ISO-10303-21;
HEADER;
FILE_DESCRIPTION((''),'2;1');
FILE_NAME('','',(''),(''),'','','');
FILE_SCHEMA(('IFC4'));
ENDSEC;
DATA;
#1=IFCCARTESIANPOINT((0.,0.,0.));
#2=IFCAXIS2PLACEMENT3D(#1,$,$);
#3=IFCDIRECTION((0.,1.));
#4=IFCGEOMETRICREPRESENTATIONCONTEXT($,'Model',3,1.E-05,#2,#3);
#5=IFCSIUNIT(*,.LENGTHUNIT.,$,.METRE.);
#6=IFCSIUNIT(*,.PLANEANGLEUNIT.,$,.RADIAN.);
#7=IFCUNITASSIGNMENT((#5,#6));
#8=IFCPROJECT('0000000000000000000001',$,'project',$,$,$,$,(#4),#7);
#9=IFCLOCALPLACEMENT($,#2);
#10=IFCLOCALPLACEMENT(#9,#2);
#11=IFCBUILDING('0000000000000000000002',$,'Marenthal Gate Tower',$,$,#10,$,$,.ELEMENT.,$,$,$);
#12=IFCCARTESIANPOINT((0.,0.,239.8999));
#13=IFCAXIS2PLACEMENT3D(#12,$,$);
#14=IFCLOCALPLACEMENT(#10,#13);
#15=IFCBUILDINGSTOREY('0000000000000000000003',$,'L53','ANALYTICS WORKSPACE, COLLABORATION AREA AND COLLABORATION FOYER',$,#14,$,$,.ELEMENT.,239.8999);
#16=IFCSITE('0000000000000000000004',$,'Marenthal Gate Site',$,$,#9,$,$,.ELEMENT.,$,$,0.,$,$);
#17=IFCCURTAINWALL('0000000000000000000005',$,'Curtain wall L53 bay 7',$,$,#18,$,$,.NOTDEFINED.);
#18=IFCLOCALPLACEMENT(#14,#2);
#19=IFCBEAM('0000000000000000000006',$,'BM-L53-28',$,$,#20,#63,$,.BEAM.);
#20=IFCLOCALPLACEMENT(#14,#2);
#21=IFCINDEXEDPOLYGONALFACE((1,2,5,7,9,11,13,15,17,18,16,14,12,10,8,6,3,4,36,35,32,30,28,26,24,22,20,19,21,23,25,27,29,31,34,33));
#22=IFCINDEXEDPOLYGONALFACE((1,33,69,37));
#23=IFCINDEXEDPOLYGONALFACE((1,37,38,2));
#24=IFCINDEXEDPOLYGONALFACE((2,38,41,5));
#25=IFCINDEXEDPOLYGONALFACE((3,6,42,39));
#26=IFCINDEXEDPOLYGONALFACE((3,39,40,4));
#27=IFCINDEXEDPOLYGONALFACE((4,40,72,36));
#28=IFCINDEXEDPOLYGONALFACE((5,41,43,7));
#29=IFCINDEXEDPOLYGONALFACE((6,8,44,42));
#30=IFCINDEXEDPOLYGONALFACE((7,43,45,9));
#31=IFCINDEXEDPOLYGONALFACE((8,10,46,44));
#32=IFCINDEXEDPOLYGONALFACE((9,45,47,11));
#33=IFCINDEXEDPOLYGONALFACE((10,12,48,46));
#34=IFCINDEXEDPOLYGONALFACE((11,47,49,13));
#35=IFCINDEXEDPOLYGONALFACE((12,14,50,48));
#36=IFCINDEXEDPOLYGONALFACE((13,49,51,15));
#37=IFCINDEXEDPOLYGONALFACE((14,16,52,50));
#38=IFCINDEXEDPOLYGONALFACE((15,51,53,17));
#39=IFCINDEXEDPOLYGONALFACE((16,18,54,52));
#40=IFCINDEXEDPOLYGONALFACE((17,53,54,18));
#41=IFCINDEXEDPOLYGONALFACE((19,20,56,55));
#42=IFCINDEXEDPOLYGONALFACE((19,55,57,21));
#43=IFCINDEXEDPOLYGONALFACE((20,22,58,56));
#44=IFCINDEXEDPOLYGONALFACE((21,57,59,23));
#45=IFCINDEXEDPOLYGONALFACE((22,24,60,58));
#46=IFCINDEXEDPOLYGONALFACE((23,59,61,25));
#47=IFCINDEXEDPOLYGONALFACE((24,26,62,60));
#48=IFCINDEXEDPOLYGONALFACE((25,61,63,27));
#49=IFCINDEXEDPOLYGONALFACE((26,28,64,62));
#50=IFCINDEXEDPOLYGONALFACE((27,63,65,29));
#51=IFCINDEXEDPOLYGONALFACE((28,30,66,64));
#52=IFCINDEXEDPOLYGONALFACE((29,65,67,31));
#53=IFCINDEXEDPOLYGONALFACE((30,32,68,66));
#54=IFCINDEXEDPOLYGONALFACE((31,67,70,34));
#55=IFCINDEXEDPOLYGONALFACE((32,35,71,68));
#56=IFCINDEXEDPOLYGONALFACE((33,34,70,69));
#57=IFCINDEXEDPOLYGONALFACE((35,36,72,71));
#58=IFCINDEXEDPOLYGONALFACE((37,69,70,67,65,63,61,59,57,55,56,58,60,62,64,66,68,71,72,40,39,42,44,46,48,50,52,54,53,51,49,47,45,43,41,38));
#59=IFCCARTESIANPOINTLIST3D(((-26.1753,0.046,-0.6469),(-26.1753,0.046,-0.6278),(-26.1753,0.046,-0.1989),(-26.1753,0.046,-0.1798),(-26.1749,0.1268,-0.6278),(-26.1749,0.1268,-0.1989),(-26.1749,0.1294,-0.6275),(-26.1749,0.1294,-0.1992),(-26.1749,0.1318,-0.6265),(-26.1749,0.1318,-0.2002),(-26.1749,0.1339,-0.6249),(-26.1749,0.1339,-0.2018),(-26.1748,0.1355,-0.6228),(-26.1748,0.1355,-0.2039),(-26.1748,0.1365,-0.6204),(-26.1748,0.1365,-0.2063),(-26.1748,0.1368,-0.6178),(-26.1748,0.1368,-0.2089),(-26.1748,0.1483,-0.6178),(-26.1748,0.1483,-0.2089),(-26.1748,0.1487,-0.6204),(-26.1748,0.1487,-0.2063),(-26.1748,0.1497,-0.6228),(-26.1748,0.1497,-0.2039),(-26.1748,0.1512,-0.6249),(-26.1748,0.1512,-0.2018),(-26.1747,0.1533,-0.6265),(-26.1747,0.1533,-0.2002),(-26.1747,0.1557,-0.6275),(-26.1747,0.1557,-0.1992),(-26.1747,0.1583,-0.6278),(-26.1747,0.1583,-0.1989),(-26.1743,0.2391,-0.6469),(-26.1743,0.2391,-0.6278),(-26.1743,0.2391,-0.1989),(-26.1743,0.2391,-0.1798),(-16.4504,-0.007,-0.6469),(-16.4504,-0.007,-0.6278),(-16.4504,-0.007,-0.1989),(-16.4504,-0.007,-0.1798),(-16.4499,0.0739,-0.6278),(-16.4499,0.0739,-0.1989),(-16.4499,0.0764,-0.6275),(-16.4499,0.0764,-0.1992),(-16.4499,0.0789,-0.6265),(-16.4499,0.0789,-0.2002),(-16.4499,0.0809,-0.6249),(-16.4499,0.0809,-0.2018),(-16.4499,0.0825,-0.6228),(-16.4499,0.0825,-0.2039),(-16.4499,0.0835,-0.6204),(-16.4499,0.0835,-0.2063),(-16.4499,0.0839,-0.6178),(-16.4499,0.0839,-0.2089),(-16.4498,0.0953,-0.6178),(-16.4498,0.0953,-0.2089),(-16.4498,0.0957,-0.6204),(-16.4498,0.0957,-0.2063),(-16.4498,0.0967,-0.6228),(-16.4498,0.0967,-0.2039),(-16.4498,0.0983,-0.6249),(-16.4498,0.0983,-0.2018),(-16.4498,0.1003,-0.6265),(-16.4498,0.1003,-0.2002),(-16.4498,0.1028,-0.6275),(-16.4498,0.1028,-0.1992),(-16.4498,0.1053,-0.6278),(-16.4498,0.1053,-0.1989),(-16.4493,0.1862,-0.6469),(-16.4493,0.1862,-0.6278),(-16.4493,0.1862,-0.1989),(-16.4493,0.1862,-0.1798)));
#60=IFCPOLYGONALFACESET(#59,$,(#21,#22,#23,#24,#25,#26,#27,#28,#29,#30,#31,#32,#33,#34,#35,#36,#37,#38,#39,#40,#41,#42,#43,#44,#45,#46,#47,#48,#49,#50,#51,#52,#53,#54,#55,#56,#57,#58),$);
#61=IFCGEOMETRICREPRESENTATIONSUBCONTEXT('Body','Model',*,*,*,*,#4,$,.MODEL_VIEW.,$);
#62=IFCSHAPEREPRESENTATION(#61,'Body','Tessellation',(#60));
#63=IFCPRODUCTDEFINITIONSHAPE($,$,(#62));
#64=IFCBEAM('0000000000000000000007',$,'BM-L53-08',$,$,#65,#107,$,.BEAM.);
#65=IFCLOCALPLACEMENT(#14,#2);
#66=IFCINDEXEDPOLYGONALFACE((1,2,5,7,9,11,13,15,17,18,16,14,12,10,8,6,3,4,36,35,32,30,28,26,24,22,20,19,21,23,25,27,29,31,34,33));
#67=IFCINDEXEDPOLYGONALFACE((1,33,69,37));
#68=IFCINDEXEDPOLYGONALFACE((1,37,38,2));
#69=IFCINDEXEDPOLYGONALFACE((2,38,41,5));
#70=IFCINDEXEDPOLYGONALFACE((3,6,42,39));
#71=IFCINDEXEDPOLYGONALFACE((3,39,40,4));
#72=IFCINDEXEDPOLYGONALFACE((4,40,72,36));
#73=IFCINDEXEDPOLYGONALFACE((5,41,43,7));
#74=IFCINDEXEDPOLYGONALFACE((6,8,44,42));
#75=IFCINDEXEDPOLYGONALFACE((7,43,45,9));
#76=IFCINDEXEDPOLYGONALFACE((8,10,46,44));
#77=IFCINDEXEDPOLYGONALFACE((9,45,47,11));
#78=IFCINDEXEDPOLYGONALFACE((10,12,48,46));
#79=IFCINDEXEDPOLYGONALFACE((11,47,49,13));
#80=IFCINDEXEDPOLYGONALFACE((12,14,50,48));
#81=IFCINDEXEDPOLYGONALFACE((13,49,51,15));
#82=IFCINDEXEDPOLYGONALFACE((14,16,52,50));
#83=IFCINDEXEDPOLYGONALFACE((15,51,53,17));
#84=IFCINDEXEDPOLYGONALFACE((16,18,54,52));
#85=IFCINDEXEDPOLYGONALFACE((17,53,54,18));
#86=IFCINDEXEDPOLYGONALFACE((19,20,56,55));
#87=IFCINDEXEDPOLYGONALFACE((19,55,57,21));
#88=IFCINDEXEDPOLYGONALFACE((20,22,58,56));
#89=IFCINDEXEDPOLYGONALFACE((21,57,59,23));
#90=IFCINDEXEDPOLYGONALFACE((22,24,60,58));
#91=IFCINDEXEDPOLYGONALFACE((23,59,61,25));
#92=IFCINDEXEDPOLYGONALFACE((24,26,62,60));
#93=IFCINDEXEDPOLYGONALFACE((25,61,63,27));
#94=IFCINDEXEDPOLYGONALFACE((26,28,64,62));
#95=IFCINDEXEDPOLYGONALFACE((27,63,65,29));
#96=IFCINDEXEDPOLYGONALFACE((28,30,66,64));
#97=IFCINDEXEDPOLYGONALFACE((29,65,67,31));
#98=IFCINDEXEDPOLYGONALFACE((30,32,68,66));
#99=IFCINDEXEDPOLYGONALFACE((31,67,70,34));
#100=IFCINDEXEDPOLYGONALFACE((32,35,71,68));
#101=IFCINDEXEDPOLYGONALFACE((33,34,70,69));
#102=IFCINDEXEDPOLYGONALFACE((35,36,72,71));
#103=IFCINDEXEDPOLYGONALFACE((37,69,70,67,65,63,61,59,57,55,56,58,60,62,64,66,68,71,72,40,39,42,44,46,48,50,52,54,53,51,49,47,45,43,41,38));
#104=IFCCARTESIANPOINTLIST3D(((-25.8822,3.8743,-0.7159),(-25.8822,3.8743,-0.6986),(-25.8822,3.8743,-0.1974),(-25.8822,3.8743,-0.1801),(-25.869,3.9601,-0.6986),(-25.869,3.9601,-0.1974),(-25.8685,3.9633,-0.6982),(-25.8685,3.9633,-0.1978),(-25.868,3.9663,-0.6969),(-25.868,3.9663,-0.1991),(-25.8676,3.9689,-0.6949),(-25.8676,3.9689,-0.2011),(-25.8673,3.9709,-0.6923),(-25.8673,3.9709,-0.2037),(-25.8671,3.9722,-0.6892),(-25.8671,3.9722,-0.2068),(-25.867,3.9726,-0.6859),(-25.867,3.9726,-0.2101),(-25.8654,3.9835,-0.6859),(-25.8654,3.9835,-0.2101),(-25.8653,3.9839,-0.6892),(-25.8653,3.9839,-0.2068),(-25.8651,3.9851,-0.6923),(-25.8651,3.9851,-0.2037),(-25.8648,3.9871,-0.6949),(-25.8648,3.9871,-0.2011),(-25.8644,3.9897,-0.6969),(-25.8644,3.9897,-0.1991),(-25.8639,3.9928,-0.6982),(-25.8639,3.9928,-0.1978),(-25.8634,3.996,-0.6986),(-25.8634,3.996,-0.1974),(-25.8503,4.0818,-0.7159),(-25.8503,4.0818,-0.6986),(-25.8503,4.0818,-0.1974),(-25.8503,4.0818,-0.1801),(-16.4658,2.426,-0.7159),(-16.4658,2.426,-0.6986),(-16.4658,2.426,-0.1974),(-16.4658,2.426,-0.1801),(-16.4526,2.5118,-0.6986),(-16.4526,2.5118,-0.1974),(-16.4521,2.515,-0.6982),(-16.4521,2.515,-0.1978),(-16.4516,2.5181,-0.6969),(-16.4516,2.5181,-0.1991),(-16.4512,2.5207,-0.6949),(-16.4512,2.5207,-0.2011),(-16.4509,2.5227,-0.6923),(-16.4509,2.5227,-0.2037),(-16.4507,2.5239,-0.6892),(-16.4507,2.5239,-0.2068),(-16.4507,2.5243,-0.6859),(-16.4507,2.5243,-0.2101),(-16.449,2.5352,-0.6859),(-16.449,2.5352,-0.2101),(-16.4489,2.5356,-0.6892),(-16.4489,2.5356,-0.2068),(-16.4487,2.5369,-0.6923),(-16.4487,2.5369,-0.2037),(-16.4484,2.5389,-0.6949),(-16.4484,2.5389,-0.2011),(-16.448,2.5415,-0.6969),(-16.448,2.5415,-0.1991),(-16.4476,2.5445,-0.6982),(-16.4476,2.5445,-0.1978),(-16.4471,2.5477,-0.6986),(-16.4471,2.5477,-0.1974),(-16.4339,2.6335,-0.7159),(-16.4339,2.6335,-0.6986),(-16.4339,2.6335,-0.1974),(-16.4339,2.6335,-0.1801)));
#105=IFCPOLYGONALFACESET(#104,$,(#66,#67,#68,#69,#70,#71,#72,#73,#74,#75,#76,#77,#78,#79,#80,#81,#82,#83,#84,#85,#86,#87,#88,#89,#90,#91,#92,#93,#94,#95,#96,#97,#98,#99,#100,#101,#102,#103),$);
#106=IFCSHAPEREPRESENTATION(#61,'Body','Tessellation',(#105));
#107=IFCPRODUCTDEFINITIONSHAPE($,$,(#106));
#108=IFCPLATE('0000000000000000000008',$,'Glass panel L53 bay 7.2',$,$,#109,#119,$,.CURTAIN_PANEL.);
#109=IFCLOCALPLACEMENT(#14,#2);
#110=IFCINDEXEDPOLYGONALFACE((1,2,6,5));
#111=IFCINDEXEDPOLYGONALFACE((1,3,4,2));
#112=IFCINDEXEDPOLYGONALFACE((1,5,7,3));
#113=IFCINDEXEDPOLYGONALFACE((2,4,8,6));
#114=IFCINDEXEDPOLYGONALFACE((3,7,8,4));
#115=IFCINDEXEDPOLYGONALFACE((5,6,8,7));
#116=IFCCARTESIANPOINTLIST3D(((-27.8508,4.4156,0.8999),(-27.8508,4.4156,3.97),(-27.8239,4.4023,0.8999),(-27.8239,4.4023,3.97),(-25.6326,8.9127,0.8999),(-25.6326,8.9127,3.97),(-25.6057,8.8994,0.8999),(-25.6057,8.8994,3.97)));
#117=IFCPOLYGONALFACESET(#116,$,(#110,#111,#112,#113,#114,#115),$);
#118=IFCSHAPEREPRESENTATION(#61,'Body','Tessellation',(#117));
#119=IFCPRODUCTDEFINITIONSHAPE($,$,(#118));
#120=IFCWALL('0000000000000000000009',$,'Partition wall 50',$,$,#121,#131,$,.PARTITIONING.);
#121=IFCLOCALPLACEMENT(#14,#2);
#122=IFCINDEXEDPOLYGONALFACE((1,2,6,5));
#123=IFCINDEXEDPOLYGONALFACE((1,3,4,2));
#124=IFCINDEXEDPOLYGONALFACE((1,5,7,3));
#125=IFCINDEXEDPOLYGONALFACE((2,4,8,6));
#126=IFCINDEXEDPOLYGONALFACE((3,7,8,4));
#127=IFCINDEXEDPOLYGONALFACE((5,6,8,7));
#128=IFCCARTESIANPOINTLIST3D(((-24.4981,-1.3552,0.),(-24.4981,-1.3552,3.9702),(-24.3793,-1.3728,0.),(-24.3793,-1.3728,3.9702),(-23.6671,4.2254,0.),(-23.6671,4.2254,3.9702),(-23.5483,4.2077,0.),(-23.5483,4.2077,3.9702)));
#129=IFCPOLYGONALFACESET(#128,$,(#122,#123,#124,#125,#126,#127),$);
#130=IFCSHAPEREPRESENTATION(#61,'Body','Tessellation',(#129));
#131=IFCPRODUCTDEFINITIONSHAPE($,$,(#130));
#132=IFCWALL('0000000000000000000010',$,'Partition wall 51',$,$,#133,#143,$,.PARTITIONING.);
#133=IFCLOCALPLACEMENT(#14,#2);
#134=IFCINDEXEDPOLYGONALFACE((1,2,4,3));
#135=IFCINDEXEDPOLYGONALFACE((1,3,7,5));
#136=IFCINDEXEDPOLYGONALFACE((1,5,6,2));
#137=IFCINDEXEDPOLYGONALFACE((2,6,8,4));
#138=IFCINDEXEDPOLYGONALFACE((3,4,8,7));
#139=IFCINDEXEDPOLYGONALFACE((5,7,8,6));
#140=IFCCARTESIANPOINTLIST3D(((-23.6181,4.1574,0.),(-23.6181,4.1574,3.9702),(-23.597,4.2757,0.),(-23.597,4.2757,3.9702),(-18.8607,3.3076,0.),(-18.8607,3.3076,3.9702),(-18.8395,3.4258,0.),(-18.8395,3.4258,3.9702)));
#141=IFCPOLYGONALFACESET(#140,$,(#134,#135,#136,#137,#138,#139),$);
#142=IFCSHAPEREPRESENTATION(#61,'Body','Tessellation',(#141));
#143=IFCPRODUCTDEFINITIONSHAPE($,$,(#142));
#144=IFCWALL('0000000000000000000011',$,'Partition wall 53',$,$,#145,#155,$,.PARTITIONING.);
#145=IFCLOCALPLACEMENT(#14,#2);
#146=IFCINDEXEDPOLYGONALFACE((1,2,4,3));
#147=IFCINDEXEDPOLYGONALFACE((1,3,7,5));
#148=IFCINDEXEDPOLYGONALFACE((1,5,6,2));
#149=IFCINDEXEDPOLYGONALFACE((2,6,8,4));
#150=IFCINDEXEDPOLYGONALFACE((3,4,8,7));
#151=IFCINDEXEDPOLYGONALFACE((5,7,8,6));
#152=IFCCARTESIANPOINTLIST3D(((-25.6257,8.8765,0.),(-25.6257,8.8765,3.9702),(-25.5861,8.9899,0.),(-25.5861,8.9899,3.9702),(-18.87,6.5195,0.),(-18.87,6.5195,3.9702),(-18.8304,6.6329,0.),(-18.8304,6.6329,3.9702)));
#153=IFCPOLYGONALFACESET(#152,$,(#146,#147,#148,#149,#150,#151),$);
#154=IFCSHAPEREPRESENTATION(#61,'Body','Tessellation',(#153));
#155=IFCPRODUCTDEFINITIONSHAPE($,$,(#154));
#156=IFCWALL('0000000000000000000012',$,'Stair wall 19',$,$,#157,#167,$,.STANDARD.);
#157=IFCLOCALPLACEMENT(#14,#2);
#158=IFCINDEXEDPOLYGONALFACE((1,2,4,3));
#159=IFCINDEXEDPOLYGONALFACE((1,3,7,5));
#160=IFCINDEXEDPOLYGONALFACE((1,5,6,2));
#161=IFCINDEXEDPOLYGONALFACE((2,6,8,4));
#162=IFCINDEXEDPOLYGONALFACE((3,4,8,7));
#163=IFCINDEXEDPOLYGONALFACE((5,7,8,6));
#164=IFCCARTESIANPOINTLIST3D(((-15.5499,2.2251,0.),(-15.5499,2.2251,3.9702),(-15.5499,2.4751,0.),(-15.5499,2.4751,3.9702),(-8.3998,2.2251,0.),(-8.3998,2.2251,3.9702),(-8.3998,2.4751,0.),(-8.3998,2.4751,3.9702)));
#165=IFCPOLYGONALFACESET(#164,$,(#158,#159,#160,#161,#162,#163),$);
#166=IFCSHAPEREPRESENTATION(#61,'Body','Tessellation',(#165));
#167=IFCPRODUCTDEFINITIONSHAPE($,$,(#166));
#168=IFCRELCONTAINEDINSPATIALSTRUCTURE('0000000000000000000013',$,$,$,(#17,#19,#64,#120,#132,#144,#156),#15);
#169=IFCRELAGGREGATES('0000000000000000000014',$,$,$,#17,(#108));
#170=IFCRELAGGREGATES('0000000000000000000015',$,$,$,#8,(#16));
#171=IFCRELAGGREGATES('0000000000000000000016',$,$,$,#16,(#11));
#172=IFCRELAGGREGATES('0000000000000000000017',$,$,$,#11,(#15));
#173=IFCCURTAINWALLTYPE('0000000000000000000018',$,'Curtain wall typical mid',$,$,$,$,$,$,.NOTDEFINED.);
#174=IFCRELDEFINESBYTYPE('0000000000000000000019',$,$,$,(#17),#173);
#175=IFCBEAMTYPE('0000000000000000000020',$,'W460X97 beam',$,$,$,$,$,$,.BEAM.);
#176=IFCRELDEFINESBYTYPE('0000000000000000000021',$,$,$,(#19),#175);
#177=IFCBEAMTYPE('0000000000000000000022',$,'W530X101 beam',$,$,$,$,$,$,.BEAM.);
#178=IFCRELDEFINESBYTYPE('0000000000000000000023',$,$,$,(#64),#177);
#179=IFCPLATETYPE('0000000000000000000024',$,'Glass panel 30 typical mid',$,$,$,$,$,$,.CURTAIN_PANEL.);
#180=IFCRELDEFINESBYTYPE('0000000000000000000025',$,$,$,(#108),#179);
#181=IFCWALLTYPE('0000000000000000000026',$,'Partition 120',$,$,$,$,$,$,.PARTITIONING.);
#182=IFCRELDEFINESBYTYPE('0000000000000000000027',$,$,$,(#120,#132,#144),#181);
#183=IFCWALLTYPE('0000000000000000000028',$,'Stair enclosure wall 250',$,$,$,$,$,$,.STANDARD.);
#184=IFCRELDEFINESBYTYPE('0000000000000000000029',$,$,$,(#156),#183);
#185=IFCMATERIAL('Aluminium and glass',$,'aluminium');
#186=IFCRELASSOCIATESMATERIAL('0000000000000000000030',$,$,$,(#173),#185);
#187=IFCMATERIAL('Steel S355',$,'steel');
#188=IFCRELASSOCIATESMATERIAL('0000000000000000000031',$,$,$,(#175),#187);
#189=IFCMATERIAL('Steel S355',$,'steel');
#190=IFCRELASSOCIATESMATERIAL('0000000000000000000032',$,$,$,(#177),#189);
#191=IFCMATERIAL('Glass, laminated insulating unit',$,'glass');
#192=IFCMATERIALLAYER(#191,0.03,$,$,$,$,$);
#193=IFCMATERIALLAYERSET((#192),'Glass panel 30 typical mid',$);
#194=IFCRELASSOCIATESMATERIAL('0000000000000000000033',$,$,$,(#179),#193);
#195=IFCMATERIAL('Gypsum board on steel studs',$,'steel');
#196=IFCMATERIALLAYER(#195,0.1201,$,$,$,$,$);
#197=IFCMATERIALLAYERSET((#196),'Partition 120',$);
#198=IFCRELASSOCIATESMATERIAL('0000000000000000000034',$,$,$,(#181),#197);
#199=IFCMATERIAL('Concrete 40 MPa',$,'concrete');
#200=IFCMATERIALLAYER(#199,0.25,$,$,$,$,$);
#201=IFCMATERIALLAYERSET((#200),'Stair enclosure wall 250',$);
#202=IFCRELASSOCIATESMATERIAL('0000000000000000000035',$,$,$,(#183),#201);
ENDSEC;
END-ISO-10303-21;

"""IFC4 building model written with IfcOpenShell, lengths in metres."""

from ifc_helpers import new_model, si_unit, direction, frame, frame_2d, origin, origin_2d, place, context, subcontext, project, spatial, rectangle, i_section, extrude, material, layer, layer_set, material_profile, profile_set, type_object, element, aggregate, save


model = new_model("IFC4")

# Units and contexts
model_context = context("Model", 3, precision=1e-05, world=origin(), true_north=direction((0.0, 1.0)))
body_context = subcontext(model_context, "Body", "Model", "MODEL_VIEW")
ifc_project = project(units=[si_unit("LENGTHUNIT", "METRE"), si_unit("PLANEANGLEUNIT", "RADIAN")], contexts=[model_context])

# Site, building, storey
site_placement = place(None, origin())
site = spatial("IfcSite", under=ifc_project, at=site_placement, Name="Marenthal Gate Site", CompositionType="ELEMENT", RefElevation=0.0)
building_placement = place(site_placement, origin())
building = spatial("IfcBuilding", under=site, at=building_placement, Name="Marenthal Gate Tower", CompositionType="ELEMENT")
storey_placement = place(building_placement, frame((0.0, 0.0, 239.8999)))
storey = spatial("IfcBuildingStorey", under=building, at=storey_placement, Name="L53", Description="ANALYTICS WORKSPACE, COLLABORATION AREA AND COLLABORATION FOYER", CompositionType="ELEMENT", Elevation=239.8999)

# Curtain wall
ifc_material_1 = material(Name="Aluminium and glass", Category="aluminium")
curtain_wall_type = type_object("IfcCurtainWallType", Name="Curtain wall typical mid", PredefinedType="NOTDEFINED", material=ifc_material_1)
curtain_wall_placement = place(storey_placement, origin())
curtain_wall = element("IfcCurtainWall", 1, at=curtain_wall_placement, inside=storey, type_object=curtain_wall_type, Name="Curtain wall L53 bay 7", PredefinedType="NOTDEFINED")

# Beams
ifc_material_2 = material(Name="Steel S355", Category="steel")
ifc_material_profile_1 = material_profile(ifc_material_2, i_section(OverallWidth=0.1931, OverallDepth=0.467, WebThickness=0.0115, FlangeThickness=0.019, FilletRadius=0.01, at=origin_2d()), Name="W460X97")
ifc_profile_set_1 = profile_set([ifc_material_profile_1], Name="Steel S355")
beam_type_1 = type_object("IfcBeamType", Name="W460X97 beam", PredefinedType="BEAM", material=ifc_profile_set_1)
beam_1_placement = place(storey_placement, frame((-26.1748, 0.1426, -0.4133), z_axis=(0.999985, -0.005448, 0.0), x_axis=(0.005448, 0.999985, 0.0)))
element("IfcBeam", 2, at=beam_1_placement, inside=storey, type_object=beam_type_1, Name="BM-L53-28", PredefinedType="BEAM", context=body_context, shape_type="SweptSolid", body=[
    extrude(i_section(OverallWidth=0.1931, OverallDepth=0.467, WebThickness=0.0115, FlangeThickness=0.019, FilletRadius=0.01, at=origin_2d()), origin(), (0.0, 0.0, 1.0), 9.7251),
])
ifc_material_3 = material(Name="Steel S355", Category="steel")
ifc_material_profile_2 = material_profile(ifc_material_3, i_section(OverallWidth=0.21, OverallDepth=0.5359, WebThickness=0.011, FlangeThickness=0.0173, FilletRadius=0.0127, at=origin_2d()), Name="W530X101")
ifc_profile_set_2 = profile_set([ifc_material_profile_2], Name="Steel S355")
beam_type_2 = type_object("IfcBeamType", Name="W530X101 beam", PredefinedType="BEAM", material=ifc_profile_set_2)
beam_2_placement = place(storey_placement, frame((-25.8662, 3.978, -0.448), z_axis=(0.988378, -0.152015, 0.0), x_axis=(0.152015, 0.988378, 0.0)))
element("IfcBeam", 3, at=beam_2_placement, inside=storey, type_object=beam_type_2, Name="BM-L53-08", PredefinedType="BEAM", context=body_context, shape_type="SweptSolid", body=[
    extrude(i_section(OverallWidth=0.21, OverallDepth=0.5359, WebThickness=0.011, FlangeThickness=0.0173, FilletRadius=0.0127, at=origin_2d()), origin(), (0.0, 0.0, 1.0), 9.5271),
])

# Plate
ifc_material_4 = material(Name="Glass, laminated insulating unit", Category="glass")
ifc_layer_1 = layer(ifc_material_4, 0.03)
ifc_layer_set_1 = layer_set([ifc_layer_1], Name="Glass panel 30 typical mid")
plate_type = type_object("IfcPlateType", Name="Glass panel 30 typical mid", PredefinedType="CURTAIN_PANEL", material=ifc_layer_set_1)
plate_placement = place(storey_placement, frame((-26.7283, 6.6575, 0.8999), z_axis=(0.0, 0.0, 1.0), x_axis=(-0.442364, -0.896835, 0.0)))
plate = element("IfcPlate", 4, at=plate_placement, type_object=plate_type, Name="Glass panel L53 bay 7.2", PredefinedType="CURTAIN_PANEL", context=body_context, shape_type="SweptSolid", body=[
    extrude(rectangle(XDim=5.0144, YDim=0.03, at=origin_2d()), origin(), (0.0, 0.0, 1.0), 3.0701),
])
aggregate(curtain_wall, [plate])

# Walls
ifc_material_5 = material(Name="Gypsum board on steel studs", Category="steel")
ifc_layer_2 = layer(ifc_material_5, 0.1201)
ifc_layer_set_2 = layer_set([ifc_layer_2], Name="Partition 120")
wall_type_1 = type_object("IfcWallType", Name="Partition 120", PredefinedType="PARTITIONING", material=ifc_layer_set_2)
wall_1_placement = place(storey_placement, frame((-23.6077, 4.2166, 0.0), z_axis=(0.0, 0.0, 1.0), x_axis=(-0.147295, -0.989093, 0.0)))
element("IfcWall", 5, at=wall_1_placement, inside=storey, type_object=wall_type_1, Name="Partition wall 50", PredefinedType="PARTITIONING", context=body_context, shape_type="SweptSolid", body=[
    extrude(rectangle(XDim=5.6421, YDim=0.1201, at=frame_2d((2.821, 0.0))), origin(), (0.0, 0.0, 1.0), 3.9702),
])
wall_2_placement = place(storey_placement, frame((-23.6077, 4.2166, 0.0), z_axis=(0.0, 0.0, 1.0), x_axis=(0.984417, -0.175848, 0.0)))
element("IfcWall", 6, at=wall_2_placement, inside=storey, type_object=wall_type_1, Name="Partition wall 51", PredefinedType="PARTITIONING", context=body_context, shape_type="SweptSolid", body=[
    extrude(rectangle(XDim=4.8328, YDim=0.1201, at=frame_2d((2.4165, 0.0))), origin(), (0.0, 0.0, 1.0), 3.9702),
])
wall_3_placement = place(storey_placement, frame((-18.8501, 6.5762, 0.0), z_axis=(0.0, 0.0, 1.0), x_axis=(-0.944186, 0.329412, 0.0)))
element("IfcWall", 7, at=wall_3_placement, inside=storey, type_object=wall_type_1, Name="Partition wall 53", PredefinedType="PARTITIONING", context=body_context, shape_type="SweptSolid", body=[
    extrude(rectangle(XDim=7.155, YDim=0.1201, at=frame_2d((3.5776, 0.0))), origin(), (0.0, 0.0, 1.0), 3.9702),
])
ifc_material_6 = material(Name="Concrete 40 MPa", Category="concrete")
ifc_layer_3 = layer(ifc_material_6, 0.25)
ifc_layer_set_3 = layer_set([ifc_layer_3], Name="Stair enclosure wall 250")
wall_type_2 = type_object("IfcWallType", Name="Stair enclosure wall 250", PredefinedType="STANDARD", material=ifc_layer_set_3)
wall_4_placement = place(storey_placement, frame((-15.55, 2.3501, 0.0), z_axis=(0.0, 0.0, 1.0), x_axis=(1.0, 0.0, 0.0)))
element("IfcWall", 8, at=wall_4_placement, inside=storey, type_object=wall_type_2, Name="Stair wall 19", PredefinedType="STANDARD", context=body_context, shape_type="SweptSolid", body=[
    extrude(rectangle(XDim=7.1501, YDim=0.25, at=frame_2d((3.5752, 0.0))), origin(), (0.0, 0.0, 1.0), 3.9702),
])

save(model, "model.ifc")
